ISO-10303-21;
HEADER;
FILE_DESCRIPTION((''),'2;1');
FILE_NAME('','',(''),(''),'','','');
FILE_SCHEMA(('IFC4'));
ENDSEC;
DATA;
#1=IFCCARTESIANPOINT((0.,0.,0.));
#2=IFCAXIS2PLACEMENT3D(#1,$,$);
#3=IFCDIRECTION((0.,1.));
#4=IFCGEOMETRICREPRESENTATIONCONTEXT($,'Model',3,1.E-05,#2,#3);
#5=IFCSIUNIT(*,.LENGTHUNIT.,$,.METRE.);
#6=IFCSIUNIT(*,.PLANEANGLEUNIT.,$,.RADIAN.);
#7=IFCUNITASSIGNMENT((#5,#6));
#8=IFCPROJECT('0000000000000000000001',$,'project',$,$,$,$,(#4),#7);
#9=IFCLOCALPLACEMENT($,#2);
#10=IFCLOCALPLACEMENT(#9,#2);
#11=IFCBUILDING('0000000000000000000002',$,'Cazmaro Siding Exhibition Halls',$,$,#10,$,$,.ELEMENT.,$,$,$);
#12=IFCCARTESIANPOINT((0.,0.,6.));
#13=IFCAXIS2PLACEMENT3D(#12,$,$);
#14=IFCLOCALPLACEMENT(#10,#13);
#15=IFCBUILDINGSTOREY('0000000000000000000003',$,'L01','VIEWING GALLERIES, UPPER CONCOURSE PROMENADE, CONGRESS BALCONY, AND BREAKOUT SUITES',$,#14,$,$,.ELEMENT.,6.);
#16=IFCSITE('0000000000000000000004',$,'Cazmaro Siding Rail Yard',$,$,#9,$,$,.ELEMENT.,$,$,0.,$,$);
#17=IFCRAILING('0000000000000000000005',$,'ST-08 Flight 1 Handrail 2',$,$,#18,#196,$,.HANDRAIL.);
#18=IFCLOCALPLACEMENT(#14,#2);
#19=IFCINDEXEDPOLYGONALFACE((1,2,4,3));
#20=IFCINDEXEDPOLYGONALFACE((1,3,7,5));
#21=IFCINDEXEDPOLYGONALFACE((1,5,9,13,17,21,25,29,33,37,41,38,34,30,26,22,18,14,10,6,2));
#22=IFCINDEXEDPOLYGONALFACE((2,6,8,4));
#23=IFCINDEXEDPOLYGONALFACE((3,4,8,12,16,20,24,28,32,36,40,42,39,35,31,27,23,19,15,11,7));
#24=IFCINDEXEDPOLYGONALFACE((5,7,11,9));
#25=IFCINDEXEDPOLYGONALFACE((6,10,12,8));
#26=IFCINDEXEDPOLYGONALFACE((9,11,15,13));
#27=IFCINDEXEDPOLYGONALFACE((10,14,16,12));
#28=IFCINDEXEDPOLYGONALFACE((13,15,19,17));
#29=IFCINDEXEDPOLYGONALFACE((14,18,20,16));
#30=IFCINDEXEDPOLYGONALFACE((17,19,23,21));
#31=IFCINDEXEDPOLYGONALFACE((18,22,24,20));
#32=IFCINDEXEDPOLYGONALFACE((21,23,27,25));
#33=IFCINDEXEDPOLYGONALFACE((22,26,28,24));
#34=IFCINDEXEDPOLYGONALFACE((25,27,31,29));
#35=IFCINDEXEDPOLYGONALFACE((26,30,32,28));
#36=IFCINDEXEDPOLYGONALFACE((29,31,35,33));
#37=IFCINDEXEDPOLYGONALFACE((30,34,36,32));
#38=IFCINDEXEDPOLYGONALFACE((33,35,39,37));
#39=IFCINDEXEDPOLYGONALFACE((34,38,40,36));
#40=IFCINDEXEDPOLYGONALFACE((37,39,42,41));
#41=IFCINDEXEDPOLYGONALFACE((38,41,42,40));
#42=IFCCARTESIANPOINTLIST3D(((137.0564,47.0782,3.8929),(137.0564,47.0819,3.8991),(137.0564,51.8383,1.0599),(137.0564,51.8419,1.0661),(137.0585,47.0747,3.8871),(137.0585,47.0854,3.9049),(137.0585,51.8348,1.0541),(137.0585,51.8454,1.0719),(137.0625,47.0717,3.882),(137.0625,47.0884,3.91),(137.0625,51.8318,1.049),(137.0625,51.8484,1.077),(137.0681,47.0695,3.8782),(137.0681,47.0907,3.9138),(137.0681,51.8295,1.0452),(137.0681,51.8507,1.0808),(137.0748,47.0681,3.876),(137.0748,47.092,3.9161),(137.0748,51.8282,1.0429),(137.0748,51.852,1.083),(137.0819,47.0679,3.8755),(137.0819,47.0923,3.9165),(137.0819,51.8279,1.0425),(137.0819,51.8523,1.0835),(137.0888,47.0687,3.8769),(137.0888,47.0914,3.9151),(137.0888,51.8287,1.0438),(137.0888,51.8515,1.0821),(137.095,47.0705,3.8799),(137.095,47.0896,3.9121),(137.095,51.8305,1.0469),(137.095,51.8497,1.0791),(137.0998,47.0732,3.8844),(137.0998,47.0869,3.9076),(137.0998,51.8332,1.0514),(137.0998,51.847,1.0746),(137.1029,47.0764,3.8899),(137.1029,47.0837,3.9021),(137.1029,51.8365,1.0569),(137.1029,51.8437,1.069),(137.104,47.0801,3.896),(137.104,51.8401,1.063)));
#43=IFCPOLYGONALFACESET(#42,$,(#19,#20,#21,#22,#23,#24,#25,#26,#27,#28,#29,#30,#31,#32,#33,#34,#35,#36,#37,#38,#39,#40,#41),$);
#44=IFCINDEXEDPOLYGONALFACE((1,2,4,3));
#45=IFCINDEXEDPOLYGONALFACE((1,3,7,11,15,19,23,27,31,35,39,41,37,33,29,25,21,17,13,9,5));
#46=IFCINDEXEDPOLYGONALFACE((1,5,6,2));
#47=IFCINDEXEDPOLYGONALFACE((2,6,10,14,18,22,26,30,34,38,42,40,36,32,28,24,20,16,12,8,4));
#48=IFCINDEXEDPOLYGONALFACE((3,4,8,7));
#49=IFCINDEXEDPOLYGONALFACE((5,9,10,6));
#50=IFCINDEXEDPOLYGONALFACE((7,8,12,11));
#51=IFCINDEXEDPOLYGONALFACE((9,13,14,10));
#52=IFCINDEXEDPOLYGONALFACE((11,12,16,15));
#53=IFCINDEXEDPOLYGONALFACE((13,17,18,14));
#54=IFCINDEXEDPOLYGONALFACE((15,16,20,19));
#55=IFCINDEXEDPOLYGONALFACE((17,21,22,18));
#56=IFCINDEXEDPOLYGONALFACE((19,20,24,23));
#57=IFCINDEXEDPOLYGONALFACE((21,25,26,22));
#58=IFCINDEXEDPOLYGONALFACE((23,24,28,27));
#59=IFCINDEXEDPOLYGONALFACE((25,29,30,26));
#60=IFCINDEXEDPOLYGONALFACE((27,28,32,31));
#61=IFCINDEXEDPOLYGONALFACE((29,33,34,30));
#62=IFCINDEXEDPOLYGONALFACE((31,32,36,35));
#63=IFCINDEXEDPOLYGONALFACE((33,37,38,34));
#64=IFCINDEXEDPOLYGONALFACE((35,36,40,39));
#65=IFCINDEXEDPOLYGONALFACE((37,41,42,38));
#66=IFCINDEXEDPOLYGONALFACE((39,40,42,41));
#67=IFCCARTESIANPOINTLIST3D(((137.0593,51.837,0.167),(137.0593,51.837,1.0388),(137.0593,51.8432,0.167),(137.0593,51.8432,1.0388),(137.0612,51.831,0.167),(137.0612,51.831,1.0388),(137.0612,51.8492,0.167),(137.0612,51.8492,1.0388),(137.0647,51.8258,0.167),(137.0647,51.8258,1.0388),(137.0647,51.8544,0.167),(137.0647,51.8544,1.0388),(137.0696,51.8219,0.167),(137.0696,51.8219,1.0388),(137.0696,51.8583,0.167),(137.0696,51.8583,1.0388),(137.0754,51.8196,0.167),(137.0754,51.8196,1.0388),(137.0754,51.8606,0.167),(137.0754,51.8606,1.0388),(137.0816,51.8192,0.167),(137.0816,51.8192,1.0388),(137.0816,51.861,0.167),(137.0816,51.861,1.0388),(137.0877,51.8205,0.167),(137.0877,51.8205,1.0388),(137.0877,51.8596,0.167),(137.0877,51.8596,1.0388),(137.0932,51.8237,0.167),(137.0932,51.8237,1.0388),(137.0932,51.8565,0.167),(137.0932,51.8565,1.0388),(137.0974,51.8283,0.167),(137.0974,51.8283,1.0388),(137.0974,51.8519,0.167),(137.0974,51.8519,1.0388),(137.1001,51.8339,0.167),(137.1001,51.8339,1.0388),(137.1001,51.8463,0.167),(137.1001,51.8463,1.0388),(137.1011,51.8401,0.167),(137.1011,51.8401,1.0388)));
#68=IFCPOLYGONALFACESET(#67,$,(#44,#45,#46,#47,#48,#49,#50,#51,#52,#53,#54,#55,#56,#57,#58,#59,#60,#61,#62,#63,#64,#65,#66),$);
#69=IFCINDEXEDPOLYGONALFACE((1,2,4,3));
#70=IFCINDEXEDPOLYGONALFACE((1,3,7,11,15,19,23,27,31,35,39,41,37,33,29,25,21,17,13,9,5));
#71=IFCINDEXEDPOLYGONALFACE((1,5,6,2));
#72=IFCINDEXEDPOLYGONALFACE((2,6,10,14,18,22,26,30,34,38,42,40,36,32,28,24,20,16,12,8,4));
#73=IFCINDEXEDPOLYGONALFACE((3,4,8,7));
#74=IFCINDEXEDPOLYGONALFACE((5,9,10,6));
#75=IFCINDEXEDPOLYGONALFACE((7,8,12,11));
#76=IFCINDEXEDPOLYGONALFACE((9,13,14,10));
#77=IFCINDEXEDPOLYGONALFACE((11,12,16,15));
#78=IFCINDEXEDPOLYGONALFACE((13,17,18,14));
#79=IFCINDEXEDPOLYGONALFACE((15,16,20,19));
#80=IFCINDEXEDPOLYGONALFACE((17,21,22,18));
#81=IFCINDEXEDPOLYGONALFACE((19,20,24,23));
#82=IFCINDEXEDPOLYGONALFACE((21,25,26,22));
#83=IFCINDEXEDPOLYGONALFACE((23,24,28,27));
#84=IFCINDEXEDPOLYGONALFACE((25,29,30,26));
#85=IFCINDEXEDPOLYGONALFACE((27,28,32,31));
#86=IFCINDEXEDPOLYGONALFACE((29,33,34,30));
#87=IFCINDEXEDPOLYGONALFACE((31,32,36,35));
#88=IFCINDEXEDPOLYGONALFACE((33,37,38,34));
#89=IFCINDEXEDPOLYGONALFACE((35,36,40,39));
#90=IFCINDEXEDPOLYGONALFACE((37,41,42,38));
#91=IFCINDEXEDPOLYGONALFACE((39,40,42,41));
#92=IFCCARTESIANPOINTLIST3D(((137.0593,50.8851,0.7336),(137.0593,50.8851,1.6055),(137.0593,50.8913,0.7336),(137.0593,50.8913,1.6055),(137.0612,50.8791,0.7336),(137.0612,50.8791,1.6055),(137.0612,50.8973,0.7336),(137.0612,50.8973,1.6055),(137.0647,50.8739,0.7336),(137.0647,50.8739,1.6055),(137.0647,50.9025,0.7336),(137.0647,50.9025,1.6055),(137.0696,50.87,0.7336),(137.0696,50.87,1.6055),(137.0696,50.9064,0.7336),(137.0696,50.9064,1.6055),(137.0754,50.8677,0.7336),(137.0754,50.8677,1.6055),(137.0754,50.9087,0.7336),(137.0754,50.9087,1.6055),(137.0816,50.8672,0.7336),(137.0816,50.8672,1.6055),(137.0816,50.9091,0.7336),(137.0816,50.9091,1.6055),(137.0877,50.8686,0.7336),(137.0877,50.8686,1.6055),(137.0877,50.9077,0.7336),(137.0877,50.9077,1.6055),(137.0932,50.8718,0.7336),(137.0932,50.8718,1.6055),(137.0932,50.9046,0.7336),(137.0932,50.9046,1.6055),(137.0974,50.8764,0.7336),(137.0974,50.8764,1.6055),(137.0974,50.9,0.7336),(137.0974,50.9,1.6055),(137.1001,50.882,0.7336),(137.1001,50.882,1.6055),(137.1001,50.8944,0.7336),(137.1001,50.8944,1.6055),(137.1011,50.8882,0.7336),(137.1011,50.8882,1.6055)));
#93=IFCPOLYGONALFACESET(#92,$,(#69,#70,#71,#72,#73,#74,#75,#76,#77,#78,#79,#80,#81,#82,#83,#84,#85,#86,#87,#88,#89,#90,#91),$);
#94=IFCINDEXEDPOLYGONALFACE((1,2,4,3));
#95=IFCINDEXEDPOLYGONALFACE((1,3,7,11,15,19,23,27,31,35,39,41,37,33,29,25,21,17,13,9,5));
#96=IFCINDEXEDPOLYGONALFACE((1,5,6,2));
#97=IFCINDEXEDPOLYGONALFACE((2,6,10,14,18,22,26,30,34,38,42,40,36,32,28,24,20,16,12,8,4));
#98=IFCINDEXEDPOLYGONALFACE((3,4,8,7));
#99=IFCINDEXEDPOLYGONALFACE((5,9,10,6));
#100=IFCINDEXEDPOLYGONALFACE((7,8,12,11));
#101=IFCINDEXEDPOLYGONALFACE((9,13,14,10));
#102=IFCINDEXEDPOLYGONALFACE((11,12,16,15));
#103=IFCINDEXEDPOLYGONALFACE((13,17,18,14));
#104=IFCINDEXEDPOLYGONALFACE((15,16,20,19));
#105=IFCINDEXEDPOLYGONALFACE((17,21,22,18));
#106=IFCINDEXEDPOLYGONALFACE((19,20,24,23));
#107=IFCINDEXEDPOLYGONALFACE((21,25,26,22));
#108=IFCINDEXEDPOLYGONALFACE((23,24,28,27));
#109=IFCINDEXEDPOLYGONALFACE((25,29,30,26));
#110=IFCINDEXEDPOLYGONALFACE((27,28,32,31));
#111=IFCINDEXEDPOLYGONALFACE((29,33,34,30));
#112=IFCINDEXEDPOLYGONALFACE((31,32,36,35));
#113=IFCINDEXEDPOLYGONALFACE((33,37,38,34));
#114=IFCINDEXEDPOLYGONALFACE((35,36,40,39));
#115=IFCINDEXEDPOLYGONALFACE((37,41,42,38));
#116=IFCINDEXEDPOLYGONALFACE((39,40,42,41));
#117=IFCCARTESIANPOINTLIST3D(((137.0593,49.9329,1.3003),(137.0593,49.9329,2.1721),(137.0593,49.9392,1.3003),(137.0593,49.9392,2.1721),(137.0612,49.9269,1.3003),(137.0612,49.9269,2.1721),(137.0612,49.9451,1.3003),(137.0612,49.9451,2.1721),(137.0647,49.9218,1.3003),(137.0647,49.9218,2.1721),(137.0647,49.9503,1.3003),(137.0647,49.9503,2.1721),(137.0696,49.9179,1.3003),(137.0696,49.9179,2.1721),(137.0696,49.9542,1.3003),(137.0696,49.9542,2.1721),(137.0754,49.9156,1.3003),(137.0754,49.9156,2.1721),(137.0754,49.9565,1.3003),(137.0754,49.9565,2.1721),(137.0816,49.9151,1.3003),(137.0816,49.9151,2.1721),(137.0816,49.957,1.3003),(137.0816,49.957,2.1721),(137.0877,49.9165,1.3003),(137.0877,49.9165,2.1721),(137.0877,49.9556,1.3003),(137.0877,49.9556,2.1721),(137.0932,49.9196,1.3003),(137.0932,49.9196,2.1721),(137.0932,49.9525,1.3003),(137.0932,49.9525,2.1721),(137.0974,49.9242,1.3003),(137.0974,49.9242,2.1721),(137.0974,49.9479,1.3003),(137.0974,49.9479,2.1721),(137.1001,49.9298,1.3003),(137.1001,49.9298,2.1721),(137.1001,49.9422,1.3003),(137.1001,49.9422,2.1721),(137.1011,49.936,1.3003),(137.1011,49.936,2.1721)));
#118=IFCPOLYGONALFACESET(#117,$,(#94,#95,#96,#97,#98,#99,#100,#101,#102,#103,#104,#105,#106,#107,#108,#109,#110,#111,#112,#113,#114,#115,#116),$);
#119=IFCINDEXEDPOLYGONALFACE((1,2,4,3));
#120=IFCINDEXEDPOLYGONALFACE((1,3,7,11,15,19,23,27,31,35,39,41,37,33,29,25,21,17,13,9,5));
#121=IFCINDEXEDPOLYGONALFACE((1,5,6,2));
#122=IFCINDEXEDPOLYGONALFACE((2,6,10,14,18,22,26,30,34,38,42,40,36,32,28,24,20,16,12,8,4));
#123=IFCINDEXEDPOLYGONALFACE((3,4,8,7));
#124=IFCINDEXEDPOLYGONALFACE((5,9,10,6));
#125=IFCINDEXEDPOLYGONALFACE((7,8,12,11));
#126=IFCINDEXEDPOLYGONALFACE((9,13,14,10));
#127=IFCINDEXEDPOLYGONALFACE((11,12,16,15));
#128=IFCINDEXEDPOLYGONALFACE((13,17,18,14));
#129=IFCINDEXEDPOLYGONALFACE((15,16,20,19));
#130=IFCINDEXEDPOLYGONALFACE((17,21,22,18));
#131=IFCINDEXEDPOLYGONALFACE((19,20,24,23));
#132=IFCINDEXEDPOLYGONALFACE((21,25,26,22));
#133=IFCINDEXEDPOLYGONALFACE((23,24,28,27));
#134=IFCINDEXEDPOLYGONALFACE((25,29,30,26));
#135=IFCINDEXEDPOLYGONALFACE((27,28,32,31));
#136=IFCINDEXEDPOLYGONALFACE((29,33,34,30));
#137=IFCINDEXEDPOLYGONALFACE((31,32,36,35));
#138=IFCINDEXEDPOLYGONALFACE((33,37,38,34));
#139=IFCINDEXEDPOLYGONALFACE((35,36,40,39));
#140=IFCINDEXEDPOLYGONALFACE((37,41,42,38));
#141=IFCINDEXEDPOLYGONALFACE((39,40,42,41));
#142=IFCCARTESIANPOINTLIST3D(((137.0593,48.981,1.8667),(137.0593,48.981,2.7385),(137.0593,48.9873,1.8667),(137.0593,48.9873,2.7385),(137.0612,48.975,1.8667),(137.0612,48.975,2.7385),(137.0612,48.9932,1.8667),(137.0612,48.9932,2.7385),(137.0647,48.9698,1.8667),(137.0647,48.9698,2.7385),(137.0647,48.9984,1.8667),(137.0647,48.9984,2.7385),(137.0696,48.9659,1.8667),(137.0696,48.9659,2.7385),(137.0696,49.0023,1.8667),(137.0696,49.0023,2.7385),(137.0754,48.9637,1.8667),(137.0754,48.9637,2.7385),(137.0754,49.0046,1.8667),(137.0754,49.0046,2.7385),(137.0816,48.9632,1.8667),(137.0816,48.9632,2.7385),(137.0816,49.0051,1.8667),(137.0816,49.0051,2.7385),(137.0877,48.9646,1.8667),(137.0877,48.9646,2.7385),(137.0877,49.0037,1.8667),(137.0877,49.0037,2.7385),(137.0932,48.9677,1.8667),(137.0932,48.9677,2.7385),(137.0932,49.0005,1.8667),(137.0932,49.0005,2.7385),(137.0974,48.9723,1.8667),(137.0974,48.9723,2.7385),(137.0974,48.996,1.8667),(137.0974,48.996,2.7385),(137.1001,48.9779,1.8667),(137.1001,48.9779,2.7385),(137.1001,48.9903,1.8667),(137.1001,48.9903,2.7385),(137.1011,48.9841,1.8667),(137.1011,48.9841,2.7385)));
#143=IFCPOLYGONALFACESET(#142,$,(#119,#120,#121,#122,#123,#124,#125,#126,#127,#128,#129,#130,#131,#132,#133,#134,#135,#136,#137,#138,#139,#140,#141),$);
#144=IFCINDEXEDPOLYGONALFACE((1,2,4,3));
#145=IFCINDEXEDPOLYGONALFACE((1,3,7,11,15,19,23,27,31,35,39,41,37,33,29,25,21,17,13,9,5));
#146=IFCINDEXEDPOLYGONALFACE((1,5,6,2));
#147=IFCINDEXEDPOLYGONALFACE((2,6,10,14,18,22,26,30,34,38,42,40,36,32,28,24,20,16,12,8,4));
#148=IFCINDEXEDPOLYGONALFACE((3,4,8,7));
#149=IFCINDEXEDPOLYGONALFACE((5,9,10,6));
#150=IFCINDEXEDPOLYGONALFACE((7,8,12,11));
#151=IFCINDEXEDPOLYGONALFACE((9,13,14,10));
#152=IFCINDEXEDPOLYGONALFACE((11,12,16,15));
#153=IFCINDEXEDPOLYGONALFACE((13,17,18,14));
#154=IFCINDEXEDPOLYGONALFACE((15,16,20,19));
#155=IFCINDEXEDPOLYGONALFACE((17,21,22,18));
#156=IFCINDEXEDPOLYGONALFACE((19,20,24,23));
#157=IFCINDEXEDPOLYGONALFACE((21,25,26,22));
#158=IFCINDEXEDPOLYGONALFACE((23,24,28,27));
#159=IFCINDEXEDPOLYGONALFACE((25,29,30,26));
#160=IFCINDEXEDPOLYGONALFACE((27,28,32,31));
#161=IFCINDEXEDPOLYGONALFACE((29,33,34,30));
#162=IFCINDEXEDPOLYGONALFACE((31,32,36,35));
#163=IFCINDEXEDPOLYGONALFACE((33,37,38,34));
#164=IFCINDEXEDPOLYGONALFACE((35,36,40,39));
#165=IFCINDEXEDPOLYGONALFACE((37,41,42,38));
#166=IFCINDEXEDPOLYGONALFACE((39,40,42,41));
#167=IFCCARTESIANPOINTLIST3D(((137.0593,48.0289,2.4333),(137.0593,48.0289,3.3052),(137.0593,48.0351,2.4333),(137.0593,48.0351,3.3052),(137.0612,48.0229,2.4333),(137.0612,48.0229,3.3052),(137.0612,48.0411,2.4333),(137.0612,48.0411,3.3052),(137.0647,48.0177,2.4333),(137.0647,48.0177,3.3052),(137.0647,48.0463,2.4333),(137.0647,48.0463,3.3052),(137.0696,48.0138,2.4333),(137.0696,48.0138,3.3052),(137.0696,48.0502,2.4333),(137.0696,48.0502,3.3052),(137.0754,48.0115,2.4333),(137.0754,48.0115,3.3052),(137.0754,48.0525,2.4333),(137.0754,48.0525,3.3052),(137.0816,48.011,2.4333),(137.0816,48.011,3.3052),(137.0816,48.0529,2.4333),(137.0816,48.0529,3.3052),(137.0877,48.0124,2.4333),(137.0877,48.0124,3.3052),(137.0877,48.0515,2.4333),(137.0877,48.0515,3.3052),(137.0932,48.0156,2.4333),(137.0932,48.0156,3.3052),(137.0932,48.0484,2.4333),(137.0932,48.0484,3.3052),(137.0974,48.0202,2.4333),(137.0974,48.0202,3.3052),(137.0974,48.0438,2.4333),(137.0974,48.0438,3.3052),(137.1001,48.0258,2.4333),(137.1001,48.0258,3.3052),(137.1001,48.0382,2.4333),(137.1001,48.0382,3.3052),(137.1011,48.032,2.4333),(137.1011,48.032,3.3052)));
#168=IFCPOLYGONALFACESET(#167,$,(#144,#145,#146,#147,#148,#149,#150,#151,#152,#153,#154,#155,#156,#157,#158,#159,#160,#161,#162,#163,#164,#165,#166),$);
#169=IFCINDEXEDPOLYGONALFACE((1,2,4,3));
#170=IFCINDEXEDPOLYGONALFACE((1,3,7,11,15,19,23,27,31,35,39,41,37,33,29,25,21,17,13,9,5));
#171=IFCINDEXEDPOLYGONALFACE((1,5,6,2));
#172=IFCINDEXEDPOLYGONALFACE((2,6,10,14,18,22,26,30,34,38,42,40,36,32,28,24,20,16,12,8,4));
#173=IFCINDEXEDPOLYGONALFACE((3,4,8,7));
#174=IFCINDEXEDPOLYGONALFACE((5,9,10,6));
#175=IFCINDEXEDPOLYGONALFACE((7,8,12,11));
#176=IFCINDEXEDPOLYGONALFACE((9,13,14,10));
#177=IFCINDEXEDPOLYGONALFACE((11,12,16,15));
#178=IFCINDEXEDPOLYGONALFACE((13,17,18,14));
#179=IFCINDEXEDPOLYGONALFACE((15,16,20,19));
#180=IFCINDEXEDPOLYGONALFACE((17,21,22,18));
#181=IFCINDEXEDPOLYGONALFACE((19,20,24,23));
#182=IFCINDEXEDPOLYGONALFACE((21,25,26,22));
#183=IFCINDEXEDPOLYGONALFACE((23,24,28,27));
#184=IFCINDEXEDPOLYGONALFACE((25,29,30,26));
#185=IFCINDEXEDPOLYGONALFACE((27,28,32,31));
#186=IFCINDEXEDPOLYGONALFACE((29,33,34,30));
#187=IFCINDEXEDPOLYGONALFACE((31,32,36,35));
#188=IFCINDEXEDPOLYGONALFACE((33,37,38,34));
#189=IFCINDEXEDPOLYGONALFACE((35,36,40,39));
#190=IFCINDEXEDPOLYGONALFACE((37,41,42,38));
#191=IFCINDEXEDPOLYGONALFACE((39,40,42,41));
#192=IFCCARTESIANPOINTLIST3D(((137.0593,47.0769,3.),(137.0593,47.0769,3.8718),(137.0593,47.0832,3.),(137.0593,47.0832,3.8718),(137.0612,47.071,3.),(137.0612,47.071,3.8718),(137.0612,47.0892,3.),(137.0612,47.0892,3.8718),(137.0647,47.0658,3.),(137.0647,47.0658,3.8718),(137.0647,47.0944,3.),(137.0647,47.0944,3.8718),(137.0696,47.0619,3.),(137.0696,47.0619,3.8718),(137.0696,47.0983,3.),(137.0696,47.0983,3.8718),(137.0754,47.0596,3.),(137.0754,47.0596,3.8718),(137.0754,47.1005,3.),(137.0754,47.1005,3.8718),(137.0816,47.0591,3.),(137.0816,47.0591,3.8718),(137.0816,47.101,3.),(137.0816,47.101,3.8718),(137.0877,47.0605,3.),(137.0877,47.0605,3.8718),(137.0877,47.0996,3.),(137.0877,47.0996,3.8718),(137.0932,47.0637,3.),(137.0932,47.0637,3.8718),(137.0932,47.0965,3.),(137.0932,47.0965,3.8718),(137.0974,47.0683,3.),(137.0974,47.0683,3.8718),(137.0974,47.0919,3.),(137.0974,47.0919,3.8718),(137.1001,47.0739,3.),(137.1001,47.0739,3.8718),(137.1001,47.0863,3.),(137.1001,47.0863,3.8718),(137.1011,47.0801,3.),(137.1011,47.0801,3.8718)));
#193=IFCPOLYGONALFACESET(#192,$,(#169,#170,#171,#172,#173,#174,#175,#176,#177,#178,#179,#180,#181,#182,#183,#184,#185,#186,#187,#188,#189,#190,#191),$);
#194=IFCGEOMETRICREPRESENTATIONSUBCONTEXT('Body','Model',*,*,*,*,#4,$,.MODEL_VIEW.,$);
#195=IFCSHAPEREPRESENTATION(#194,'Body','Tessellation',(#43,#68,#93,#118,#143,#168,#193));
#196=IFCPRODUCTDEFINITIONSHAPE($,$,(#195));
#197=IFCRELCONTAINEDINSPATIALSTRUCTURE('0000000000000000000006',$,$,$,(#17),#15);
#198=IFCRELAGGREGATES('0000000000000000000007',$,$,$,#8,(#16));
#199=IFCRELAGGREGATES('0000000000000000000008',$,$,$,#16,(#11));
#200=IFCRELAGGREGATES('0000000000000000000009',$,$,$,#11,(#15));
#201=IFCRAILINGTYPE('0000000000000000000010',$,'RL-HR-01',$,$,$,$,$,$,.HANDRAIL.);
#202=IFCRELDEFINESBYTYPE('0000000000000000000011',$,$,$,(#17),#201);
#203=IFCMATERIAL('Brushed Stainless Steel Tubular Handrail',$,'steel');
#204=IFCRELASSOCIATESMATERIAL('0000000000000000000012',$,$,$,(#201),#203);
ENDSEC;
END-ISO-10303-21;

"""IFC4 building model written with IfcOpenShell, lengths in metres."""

from ifc_helpers import new_model, si_unit, direction, frame, origin, origin_2d, place, context, subcontext, project, spatial, circle, extrude, material, type_object, element, save


model = new_model("IFC4")

# Units and contexts
model_context = context("Model", 3, precision=1e-05, world=origin(), true_north=direction((0.0, 1.0)))
body_context = subcontext(model_context, "Body", "Model", "MODEL_VIEW")
ifc_project = project(units=[si_unit("LENGTHUNIT", "METRE"), si_unit("PLANEANGLEUNIT", "RADIAN")], contexts=[model_context])

# Site, building, storey
site_placement = place(None, origin())
site = spatial("IfcSite", under=ifc_project, at=site_placement, Name="Cazmaro Siding Rail Yard", CompositionType="ELEMENT", RefElevation=0.0)
building_placement = place(site_placement, origin())
building = spatial("IfcBuilding", under=site, at=building_placement, Name="Cazmaro Siding Exhibition Halls", CompositionType="ELEMENT")
storey_placement = place(building_placement, frame((0.0, 0.0, 6.0)))
storey = spatial("IfcBuildingStorey", under=building, at=storey_placement, Name="L01", Description="VIEWING GALLERIES, UPPER CONCOURSE PROMENADE, CONGRESS BALCONY, AND BREAKOUT SUITES", CompositionType="ELEMENT", Elevation=6.0)

# Railing
ifc_material_1 = material(Name="Brushed Stainless Steel Tubular Handrail", Category="steel")
railing_type_1 = type_object("IfcRailingType", Name="RL-HR-01", PredefinedType="HANDRAIL", material=ifc_material_1)
railing_1_placement = place(storey_placement, frame((137.0801, 51.8401, 0.167)))
element("IfcRailing", 1, at=railing_1_placement, inside=storey, type_object=railing_type_1, Name="ST-08 Flight 1 Handrail 2", PredefinedType="HANDRAIL", context=body_context, shape_type="SweptSolid", body=[
    extrude(circle(Radius=0.0239, at=origin_2d()), frame((0.0, 0.0, 0.896), z_axis=(0.0, -0.859319, 0.51144), x_axis=(1.0, 0.0, 0.0)), (0.0, 0.0, 1.0), 5.5393),
    extrude(circle(Radius=0.021, at=origin_2d()), origin(), (0.0, 0.0, 1.0), 0.8718),
    extrude(circle(Radius=0.021, at=origin_2d()), frame((0.0, -0.9519, 0.5667)), (0.0, 0.0, 1.0), 0.8718),
    extrude(circle(Radius=0.021, at=origin_2d()), frame((0.0, -1.9041, 1.1333)), (0.0, 0.0, 1.0), 0.8718),
    extrude(circle(Radius=0.021, at=origin_2d()), frame((0.0, -2.856, 1.6997)), (0.0, 0.0, 1.0), 0.8718),
    extrude(circle(Radius=0.021, at=origin_2d()), frame((0.0, -3.8081, 2.2664)), (0.0, 0.0, 1.0), 0.8718),
    extrude(circle(Radius=0.021, at=origin_2d()), frame((0.0, -4.76, 2.833)), (0.0, 0.0, 1.0), 0.8718),
])

save(model, "model.ifc")
